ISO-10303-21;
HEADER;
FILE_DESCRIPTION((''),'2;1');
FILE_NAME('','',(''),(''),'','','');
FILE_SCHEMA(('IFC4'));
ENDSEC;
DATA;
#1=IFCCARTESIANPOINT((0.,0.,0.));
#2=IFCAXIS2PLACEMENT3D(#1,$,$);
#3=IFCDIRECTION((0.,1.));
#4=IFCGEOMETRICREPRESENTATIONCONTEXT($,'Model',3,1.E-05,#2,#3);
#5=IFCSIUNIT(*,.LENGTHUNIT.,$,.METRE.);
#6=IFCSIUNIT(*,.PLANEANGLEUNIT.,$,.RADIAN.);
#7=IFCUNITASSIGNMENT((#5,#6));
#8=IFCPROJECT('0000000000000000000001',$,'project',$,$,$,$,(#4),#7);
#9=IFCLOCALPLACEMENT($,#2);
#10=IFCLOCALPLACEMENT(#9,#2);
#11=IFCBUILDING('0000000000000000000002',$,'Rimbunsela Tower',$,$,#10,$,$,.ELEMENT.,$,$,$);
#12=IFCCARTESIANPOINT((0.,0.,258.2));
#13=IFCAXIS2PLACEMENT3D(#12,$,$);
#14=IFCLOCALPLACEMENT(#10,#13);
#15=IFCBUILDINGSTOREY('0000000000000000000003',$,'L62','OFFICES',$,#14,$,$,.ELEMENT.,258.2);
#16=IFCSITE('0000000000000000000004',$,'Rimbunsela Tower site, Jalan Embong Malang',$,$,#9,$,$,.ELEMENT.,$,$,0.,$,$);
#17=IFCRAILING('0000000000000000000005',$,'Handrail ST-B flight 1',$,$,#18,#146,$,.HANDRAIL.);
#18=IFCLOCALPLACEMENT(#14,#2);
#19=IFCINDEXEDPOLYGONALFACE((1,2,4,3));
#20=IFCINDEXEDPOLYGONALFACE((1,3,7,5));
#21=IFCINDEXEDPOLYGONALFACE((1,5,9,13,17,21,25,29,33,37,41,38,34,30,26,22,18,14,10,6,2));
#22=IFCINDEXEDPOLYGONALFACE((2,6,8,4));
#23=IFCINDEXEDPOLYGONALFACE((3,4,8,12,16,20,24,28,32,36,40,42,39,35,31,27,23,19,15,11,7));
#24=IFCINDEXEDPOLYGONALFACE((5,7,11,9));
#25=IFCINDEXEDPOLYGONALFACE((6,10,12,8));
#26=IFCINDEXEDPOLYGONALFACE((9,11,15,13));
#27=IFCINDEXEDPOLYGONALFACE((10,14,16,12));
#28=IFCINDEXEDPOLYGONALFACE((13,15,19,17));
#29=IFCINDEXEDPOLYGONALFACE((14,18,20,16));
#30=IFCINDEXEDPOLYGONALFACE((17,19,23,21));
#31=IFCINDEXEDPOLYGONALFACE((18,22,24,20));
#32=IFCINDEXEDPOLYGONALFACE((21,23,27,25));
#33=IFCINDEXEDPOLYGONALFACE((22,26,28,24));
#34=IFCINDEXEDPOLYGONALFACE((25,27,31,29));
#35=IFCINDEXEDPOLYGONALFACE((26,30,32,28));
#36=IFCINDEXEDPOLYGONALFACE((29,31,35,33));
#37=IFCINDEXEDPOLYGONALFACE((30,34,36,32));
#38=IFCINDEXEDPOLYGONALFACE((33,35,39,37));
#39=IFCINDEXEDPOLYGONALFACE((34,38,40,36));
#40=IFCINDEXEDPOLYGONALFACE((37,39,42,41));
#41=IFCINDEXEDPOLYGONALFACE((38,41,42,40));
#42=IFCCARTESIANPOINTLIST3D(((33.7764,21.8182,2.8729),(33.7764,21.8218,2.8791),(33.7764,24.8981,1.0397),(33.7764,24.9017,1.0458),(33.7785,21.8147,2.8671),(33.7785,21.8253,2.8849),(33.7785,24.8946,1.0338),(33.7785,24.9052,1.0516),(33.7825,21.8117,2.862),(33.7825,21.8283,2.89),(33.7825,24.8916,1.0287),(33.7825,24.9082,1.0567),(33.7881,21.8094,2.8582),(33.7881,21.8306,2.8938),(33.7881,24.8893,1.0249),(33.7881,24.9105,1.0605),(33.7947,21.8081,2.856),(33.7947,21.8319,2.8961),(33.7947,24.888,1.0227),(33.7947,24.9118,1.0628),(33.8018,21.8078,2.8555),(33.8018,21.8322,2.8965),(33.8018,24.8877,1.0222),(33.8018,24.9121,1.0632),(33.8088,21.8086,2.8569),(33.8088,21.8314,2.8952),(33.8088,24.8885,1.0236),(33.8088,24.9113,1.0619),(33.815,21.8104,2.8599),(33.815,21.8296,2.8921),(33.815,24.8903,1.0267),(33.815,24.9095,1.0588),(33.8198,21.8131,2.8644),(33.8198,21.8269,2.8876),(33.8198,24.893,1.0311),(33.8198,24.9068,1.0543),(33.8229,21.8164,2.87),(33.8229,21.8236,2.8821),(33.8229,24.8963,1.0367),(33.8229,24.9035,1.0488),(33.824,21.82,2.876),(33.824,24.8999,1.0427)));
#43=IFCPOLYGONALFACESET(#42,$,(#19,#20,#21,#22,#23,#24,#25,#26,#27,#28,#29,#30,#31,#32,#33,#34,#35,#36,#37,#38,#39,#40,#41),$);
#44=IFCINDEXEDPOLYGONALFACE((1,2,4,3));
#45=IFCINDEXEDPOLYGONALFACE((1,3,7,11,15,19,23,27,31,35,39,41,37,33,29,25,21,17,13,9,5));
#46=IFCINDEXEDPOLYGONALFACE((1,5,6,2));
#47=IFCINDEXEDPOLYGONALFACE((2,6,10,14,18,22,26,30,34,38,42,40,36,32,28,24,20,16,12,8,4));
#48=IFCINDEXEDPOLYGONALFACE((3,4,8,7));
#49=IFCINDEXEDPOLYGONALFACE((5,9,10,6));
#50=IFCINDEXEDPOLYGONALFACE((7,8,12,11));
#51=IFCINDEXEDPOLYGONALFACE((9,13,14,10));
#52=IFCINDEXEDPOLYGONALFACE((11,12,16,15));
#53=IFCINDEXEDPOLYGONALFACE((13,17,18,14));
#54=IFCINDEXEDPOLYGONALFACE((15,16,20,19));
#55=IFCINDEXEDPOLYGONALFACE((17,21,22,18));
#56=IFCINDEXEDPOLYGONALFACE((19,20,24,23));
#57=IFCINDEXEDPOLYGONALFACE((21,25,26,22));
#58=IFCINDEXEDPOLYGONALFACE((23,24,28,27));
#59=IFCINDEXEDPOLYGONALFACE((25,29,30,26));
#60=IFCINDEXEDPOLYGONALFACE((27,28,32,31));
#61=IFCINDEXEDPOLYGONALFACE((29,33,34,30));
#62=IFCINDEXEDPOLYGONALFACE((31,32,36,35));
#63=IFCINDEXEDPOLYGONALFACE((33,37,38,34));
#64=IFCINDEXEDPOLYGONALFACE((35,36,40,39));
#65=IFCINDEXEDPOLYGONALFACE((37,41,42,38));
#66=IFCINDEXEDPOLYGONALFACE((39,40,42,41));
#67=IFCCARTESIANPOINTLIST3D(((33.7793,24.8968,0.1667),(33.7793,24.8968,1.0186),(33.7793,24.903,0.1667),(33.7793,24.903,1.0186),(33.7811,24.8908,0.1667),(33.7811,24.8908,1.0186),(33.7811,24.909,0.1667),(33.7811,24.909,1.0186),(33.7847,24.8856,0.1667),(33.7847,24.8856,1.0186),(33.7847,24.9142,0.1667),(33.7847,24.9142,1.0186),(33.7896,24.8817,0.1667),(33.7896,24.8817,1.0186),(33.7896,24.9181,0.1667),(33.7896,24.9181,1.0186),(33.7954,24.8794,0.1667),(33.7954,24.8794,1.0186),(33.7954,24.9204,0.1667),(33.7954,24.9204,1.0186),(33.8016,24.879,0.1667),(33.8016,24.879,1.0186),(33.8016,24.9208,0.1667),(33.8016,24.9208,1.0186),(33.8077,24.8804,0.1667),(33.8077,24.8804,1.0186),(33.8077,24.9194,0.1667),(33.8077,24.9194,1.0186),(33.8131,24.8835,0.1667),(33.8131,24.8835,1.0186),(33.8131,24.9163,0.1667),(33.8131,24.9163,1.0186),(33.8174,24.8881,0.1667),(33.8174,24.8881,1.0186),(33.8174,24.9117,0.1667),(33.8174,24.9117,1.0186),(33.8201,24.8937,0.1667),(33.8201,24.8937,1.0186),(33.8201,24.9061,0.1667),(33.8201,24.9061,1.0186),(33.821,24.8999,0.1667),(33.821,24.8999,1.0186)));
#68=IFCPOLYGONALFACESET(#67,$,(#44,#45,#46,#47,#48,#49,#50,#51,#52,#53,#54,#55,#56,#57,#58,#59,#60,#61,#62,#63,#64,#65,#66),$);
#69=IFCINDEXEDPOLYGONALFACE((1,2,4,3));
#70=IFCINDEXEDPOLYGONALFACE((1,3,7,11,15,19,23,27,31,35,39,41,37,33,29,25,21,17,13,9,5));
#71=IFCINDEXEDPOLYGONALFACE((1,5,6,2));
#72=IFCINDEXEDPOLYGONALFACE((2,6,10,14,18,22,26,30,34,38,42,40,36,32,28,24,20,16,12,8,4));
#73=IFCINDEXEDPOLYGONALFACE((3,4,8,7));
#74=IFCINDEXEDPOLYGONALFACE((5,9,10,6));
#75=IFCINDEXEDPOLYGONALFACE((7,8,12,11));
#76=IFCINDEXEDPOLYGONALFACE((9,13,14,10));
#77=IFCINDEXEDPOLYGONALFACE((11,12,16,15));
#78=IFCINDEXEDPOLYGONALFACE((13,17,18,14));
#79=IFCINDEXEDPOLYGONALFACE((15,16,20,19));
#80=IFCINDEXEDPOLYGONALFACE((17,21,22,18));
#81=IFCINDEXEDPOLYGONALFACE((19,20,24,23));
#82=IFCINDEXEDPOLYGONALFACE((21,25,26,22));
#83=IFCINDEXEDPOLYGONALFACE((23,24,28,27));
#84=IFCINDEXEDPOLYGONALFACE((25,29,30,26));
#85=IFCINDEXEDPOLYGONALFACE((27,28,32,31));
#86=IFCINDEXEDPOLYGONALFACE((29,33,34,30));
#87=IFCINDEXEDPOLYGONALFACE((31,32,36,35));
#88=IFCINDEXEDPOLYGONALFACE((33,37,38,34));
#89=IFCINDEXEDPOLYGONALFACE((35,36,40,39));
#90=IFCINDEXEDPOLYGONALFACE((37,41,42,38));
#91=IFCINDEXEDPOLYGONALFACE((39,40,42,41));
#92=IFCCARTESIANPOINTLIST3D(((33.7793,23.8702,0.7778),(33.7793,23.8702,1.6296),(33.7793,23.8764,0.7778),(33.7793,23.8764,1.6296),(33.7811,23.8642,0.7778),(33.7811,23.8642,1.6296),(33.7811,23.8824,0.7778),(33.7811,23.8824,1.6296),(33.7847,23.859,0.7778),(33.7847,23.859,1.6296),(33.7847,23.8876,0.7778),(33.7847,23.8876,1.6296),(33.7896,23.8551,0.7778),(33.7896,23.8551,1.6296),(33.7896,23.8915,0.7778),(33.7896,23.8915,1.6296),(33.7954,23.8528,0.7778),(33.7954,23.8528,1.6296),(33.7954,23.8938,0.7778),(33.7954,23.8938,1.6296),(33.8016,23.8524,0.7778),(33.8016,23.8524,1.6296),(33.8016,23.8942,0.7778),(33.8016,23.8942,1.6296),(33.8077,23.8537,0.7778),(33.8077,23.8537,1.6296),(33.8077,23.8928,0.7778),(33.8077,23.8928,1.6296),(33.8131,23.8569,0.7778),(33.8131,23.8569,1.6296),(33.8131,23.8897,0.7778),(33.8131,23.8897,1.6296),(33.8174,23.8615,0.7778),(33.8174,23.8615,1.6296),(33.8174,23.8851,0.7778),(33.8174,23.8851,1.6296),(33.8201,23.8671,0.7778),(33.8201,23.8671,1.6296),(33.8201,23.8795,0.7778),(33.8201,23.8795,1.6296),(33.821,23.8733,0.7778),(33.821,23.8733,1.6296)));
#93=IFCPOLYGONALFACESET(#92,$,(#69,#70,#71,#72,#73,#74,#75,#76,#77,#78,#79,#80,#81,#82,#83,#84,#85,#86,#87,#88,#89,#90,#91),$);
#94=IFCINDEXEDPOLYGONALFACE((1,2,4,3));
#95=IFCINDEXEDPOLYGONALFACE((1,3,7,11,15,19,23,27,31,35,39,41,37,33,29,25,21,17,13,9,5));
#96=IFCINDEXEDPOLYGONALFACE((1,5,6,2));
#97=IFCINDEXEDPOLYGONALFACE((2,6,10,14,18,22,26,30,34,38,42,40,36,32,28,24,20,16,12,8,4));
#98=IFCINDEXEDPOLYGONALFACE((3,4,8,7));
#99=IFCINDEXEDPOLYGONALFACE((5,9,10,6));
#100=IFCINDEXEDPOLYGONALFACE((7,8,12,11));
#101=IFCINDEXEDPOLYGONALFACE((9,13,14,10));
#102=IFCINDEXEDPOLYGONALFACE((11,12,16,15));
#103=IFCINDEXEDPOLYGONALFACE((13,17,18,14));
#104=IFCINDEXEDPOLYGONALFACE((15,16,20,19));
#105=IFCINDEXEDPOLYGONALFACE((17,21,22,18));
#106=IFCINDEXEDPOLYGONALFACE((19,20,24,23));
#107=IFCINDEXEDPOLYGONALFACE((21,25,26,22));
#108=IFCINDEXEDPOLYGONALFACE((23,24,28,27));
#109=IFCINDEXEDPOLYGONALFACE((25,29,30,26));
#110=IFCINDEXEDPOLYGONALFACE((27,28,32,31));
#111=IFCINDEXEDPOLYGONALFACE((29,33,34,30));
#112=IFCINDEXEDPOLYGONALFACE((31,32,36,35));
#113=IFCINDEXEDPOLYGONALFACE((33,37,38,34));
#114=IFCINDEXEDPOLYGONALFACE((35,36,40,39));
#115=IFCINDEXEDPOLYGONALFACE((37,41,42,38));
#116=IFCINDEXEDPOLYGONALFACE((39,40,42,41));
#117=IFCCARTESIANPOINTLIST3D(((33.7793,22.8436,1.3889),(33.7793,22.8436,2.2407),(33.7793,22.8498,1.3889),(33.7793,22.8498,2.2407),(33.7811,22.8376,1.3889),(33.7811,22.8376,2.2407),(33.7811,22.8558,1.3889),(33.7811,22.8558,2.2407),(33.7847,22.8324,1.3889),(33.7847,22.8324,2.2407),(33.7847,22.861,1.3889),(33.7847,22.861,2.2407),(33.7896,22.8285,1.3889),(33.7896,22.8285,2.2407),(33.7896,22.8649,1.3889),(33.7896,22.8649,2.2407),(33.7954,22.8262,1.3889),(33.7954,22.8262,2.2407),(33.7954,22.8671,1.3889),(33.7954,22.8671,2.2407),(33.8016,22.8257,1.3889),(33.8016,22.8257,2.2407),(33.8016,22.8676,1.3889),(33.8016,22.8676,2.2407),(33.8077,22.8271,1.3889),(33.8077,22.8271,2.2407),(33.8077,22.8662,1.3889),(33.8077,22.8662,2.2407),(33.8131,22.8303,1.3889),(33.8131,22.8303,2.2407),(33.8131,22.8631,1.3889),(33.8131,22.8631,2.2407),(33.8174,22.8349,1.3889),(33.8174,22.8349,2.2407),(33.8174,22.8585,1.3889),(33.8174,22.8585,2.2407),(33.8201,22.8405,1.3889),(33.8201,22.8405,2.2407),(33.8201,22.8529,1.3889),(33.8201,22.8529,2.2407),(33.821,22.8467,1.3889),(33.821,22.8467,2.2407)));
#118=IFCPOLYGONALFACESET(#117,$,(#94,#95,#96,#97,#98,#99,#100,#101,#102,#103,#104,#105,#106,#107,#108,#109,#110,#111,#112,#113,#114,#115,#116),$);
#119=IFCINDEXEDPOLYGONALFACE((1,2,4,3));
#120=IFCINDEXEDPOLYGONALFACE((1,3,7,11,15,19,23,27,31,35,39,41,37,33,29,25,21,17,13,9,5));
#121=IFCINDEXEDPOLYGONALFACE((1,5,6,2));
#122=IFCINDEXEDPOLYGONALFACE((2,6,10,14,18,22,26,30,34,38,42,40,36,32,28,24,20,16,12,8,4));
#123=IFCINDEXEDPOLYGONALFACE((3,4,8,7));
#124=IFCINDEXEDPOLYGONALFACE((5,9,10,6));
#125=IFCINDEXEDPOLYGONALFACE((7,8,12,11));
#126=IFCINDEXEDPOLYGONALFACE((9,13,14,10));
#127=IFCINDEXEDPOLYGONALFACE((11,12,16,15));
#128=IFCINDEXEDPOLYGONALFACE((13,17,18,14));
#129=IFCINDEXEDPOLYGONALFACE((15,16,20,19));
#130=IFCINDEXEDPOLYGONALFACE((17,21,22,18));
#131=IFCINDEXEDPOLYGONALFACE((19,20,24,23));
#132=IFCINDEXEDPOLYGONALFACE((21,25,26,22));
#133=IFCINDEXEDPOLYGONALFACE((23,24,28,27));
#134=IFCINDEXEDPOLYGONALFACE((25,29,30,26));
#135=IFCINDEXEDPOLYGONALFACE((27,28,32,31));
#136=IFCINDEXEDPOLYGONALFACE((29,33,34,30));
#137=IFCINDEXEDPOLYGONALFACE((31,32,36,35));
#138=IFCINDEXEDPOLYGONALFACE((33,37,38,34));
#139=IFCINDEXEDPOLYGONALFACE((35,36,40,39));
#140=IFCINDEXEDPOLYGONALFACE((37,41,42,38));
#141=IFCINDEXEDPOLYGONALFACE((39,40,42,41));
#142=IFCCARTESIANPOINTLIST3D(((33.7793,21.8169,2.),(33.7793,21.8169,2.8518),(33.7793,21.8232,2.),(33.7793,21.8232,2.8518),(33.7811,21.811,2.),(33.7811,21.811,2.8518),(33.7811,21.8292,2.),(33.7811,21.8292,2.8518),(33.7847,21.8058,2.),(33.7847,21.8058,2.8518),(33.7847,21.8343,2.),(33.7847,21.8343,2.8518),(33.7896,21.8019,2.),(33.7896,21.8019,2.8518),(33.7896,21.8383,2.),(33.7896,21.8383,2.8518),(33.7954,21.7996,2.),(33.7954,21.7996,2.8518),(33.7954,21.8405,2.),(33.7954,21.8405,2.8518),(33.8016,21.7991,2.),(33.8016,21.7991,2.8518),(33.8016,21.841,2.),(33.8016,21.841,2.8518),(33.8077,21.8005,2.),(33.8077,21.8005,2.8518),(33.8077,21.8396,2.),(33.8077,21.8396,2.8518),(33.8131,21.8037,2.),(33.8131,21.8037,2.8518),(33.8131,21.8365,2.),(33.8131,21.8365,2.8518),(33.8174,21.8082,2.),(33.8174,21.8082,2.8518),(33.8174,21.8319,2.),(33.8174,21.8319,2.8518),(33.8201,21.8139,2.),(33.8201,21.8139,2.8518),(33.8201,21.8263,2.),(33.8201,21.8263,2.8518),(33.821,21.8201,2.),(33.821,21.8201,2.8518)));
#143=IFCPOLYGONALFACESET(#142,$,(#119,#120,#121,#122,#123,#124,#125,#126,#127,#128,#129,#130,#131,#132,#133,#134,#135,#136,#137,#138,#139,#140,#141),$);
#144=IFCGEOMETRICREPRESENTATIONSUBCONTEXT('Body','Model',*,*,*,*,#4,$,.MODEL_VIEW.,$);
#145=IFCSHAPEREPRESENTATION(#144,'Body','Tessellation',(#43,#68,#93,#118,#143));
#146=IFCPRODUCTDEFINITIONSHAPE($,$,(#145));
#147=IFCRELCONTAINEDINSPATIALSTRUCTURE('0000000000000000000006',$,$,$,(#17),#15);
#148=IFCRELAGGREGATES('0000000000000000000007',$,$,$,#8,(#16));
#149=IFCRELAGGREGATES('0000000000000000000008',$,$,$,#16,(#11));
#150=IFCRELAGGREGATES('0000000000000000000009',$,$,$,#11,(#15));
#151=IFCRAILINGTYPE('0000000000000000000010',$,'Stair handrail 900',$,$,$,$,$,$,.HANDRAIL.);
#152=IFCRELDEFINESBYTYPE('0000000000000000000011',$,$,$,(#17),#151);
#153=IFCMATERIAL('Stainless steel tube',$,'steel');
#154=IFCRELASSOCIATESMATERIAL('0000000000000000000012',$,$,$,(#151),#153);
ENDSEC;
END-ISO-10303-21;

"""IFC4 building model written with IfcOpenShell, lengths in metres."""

from ifc_helpers import new_model, si_unit, direction, frame, origin, origin_2d, place, context, subcontext, project, spatial, circle, extrude, material, type_object, element, save


model = new_model("IFC4")

# Units and contexts
model_context = context("Model", 3, precision=1e-05, world=origin(), true_north=direction((0.0, 1.0)))
body_context = subcontext(model_context, "Body", "Model", "MODEL_VIEW")
ifc_project = project(units=[si_unit("LENGTHUNIT", "METRE"), si_unit("PLANEANGLEUNIT", "RADIAN")], contexts=[model_context])

# Site, building, storey
site_placement = place(None, origin())
site = spatial("IfcSite", under=ifc_project, at=site_placement, Name="Rimbunsela Tower site, Jalan Embong Malang", CompositionType="ELEMENT", RefElevation=0.0)
building_placement = place(site_placement, origin())
building = spatial("IfcBuilding", under=site, at=building_placement, Name="Rimbunsela Tower", CompositionType="ELEMENT")
storey_placement = place(building_placement, frame((0.0, 0.0, 258.2)))
storey = spatial("IfcBuildingStorey", under=building, at=storey_placement, Name="L62", Description="OFFICES", CompositionType="ELEMENT", Elevation=258.2)

# Railing
ifc_material_1 = material(Name="Stainless steel tube", Category="steel")
railing_type = type_object("IfcRailingType", Name="Stair handrail 900", PredefinedType="HANDRAIL", material=ifc_material_1)
for number, where, name in (
    (1, (33.8, 24.8999, 0.1667), "Handrail ST-B flight 1"),
):
    element("IfcRailing", number, at=place(storey_placement, frame(where)), inside=storey, type_object=railing_type, Name=name, PredefinedType="HANDRAIL", context=body_context, shape_type="SweptSolid", body=[
        extrude(circle(Radius=0.0239, at=origin_2d()), frame((0.0, 0.0, 0.876), z_axis=(0.0, -0.859291, 0.511487), x_axis=(1.0, 0.0, 0.0)), (0.0, 0.0, 1.0), 3.5842),
        extrude(circle(Radius=0.021, at=origin_2d()), origin(), (0.0, 0.0, 1.0), 0.8518),
        extrude(circle(Radius=0.021, at=origin_2d()), frame((0.0, -1.0266, 0.6111)), (0.0, 0.0, 1.0), 0.8518),
        extrude(circle(Radius=0.021, at=origin_2d()), frame((0.0, -2.0532, 1.2222)), (0.0, 0.0, 1.0), 0.8518),
        extrude(circle(Radius=0.021, at=origin_2d()), frame((0.0, -3.0798, 1.8333)), (0.0, 0.0, 1.0), 0.8518),
    ])

save(model, "model.ifc")
